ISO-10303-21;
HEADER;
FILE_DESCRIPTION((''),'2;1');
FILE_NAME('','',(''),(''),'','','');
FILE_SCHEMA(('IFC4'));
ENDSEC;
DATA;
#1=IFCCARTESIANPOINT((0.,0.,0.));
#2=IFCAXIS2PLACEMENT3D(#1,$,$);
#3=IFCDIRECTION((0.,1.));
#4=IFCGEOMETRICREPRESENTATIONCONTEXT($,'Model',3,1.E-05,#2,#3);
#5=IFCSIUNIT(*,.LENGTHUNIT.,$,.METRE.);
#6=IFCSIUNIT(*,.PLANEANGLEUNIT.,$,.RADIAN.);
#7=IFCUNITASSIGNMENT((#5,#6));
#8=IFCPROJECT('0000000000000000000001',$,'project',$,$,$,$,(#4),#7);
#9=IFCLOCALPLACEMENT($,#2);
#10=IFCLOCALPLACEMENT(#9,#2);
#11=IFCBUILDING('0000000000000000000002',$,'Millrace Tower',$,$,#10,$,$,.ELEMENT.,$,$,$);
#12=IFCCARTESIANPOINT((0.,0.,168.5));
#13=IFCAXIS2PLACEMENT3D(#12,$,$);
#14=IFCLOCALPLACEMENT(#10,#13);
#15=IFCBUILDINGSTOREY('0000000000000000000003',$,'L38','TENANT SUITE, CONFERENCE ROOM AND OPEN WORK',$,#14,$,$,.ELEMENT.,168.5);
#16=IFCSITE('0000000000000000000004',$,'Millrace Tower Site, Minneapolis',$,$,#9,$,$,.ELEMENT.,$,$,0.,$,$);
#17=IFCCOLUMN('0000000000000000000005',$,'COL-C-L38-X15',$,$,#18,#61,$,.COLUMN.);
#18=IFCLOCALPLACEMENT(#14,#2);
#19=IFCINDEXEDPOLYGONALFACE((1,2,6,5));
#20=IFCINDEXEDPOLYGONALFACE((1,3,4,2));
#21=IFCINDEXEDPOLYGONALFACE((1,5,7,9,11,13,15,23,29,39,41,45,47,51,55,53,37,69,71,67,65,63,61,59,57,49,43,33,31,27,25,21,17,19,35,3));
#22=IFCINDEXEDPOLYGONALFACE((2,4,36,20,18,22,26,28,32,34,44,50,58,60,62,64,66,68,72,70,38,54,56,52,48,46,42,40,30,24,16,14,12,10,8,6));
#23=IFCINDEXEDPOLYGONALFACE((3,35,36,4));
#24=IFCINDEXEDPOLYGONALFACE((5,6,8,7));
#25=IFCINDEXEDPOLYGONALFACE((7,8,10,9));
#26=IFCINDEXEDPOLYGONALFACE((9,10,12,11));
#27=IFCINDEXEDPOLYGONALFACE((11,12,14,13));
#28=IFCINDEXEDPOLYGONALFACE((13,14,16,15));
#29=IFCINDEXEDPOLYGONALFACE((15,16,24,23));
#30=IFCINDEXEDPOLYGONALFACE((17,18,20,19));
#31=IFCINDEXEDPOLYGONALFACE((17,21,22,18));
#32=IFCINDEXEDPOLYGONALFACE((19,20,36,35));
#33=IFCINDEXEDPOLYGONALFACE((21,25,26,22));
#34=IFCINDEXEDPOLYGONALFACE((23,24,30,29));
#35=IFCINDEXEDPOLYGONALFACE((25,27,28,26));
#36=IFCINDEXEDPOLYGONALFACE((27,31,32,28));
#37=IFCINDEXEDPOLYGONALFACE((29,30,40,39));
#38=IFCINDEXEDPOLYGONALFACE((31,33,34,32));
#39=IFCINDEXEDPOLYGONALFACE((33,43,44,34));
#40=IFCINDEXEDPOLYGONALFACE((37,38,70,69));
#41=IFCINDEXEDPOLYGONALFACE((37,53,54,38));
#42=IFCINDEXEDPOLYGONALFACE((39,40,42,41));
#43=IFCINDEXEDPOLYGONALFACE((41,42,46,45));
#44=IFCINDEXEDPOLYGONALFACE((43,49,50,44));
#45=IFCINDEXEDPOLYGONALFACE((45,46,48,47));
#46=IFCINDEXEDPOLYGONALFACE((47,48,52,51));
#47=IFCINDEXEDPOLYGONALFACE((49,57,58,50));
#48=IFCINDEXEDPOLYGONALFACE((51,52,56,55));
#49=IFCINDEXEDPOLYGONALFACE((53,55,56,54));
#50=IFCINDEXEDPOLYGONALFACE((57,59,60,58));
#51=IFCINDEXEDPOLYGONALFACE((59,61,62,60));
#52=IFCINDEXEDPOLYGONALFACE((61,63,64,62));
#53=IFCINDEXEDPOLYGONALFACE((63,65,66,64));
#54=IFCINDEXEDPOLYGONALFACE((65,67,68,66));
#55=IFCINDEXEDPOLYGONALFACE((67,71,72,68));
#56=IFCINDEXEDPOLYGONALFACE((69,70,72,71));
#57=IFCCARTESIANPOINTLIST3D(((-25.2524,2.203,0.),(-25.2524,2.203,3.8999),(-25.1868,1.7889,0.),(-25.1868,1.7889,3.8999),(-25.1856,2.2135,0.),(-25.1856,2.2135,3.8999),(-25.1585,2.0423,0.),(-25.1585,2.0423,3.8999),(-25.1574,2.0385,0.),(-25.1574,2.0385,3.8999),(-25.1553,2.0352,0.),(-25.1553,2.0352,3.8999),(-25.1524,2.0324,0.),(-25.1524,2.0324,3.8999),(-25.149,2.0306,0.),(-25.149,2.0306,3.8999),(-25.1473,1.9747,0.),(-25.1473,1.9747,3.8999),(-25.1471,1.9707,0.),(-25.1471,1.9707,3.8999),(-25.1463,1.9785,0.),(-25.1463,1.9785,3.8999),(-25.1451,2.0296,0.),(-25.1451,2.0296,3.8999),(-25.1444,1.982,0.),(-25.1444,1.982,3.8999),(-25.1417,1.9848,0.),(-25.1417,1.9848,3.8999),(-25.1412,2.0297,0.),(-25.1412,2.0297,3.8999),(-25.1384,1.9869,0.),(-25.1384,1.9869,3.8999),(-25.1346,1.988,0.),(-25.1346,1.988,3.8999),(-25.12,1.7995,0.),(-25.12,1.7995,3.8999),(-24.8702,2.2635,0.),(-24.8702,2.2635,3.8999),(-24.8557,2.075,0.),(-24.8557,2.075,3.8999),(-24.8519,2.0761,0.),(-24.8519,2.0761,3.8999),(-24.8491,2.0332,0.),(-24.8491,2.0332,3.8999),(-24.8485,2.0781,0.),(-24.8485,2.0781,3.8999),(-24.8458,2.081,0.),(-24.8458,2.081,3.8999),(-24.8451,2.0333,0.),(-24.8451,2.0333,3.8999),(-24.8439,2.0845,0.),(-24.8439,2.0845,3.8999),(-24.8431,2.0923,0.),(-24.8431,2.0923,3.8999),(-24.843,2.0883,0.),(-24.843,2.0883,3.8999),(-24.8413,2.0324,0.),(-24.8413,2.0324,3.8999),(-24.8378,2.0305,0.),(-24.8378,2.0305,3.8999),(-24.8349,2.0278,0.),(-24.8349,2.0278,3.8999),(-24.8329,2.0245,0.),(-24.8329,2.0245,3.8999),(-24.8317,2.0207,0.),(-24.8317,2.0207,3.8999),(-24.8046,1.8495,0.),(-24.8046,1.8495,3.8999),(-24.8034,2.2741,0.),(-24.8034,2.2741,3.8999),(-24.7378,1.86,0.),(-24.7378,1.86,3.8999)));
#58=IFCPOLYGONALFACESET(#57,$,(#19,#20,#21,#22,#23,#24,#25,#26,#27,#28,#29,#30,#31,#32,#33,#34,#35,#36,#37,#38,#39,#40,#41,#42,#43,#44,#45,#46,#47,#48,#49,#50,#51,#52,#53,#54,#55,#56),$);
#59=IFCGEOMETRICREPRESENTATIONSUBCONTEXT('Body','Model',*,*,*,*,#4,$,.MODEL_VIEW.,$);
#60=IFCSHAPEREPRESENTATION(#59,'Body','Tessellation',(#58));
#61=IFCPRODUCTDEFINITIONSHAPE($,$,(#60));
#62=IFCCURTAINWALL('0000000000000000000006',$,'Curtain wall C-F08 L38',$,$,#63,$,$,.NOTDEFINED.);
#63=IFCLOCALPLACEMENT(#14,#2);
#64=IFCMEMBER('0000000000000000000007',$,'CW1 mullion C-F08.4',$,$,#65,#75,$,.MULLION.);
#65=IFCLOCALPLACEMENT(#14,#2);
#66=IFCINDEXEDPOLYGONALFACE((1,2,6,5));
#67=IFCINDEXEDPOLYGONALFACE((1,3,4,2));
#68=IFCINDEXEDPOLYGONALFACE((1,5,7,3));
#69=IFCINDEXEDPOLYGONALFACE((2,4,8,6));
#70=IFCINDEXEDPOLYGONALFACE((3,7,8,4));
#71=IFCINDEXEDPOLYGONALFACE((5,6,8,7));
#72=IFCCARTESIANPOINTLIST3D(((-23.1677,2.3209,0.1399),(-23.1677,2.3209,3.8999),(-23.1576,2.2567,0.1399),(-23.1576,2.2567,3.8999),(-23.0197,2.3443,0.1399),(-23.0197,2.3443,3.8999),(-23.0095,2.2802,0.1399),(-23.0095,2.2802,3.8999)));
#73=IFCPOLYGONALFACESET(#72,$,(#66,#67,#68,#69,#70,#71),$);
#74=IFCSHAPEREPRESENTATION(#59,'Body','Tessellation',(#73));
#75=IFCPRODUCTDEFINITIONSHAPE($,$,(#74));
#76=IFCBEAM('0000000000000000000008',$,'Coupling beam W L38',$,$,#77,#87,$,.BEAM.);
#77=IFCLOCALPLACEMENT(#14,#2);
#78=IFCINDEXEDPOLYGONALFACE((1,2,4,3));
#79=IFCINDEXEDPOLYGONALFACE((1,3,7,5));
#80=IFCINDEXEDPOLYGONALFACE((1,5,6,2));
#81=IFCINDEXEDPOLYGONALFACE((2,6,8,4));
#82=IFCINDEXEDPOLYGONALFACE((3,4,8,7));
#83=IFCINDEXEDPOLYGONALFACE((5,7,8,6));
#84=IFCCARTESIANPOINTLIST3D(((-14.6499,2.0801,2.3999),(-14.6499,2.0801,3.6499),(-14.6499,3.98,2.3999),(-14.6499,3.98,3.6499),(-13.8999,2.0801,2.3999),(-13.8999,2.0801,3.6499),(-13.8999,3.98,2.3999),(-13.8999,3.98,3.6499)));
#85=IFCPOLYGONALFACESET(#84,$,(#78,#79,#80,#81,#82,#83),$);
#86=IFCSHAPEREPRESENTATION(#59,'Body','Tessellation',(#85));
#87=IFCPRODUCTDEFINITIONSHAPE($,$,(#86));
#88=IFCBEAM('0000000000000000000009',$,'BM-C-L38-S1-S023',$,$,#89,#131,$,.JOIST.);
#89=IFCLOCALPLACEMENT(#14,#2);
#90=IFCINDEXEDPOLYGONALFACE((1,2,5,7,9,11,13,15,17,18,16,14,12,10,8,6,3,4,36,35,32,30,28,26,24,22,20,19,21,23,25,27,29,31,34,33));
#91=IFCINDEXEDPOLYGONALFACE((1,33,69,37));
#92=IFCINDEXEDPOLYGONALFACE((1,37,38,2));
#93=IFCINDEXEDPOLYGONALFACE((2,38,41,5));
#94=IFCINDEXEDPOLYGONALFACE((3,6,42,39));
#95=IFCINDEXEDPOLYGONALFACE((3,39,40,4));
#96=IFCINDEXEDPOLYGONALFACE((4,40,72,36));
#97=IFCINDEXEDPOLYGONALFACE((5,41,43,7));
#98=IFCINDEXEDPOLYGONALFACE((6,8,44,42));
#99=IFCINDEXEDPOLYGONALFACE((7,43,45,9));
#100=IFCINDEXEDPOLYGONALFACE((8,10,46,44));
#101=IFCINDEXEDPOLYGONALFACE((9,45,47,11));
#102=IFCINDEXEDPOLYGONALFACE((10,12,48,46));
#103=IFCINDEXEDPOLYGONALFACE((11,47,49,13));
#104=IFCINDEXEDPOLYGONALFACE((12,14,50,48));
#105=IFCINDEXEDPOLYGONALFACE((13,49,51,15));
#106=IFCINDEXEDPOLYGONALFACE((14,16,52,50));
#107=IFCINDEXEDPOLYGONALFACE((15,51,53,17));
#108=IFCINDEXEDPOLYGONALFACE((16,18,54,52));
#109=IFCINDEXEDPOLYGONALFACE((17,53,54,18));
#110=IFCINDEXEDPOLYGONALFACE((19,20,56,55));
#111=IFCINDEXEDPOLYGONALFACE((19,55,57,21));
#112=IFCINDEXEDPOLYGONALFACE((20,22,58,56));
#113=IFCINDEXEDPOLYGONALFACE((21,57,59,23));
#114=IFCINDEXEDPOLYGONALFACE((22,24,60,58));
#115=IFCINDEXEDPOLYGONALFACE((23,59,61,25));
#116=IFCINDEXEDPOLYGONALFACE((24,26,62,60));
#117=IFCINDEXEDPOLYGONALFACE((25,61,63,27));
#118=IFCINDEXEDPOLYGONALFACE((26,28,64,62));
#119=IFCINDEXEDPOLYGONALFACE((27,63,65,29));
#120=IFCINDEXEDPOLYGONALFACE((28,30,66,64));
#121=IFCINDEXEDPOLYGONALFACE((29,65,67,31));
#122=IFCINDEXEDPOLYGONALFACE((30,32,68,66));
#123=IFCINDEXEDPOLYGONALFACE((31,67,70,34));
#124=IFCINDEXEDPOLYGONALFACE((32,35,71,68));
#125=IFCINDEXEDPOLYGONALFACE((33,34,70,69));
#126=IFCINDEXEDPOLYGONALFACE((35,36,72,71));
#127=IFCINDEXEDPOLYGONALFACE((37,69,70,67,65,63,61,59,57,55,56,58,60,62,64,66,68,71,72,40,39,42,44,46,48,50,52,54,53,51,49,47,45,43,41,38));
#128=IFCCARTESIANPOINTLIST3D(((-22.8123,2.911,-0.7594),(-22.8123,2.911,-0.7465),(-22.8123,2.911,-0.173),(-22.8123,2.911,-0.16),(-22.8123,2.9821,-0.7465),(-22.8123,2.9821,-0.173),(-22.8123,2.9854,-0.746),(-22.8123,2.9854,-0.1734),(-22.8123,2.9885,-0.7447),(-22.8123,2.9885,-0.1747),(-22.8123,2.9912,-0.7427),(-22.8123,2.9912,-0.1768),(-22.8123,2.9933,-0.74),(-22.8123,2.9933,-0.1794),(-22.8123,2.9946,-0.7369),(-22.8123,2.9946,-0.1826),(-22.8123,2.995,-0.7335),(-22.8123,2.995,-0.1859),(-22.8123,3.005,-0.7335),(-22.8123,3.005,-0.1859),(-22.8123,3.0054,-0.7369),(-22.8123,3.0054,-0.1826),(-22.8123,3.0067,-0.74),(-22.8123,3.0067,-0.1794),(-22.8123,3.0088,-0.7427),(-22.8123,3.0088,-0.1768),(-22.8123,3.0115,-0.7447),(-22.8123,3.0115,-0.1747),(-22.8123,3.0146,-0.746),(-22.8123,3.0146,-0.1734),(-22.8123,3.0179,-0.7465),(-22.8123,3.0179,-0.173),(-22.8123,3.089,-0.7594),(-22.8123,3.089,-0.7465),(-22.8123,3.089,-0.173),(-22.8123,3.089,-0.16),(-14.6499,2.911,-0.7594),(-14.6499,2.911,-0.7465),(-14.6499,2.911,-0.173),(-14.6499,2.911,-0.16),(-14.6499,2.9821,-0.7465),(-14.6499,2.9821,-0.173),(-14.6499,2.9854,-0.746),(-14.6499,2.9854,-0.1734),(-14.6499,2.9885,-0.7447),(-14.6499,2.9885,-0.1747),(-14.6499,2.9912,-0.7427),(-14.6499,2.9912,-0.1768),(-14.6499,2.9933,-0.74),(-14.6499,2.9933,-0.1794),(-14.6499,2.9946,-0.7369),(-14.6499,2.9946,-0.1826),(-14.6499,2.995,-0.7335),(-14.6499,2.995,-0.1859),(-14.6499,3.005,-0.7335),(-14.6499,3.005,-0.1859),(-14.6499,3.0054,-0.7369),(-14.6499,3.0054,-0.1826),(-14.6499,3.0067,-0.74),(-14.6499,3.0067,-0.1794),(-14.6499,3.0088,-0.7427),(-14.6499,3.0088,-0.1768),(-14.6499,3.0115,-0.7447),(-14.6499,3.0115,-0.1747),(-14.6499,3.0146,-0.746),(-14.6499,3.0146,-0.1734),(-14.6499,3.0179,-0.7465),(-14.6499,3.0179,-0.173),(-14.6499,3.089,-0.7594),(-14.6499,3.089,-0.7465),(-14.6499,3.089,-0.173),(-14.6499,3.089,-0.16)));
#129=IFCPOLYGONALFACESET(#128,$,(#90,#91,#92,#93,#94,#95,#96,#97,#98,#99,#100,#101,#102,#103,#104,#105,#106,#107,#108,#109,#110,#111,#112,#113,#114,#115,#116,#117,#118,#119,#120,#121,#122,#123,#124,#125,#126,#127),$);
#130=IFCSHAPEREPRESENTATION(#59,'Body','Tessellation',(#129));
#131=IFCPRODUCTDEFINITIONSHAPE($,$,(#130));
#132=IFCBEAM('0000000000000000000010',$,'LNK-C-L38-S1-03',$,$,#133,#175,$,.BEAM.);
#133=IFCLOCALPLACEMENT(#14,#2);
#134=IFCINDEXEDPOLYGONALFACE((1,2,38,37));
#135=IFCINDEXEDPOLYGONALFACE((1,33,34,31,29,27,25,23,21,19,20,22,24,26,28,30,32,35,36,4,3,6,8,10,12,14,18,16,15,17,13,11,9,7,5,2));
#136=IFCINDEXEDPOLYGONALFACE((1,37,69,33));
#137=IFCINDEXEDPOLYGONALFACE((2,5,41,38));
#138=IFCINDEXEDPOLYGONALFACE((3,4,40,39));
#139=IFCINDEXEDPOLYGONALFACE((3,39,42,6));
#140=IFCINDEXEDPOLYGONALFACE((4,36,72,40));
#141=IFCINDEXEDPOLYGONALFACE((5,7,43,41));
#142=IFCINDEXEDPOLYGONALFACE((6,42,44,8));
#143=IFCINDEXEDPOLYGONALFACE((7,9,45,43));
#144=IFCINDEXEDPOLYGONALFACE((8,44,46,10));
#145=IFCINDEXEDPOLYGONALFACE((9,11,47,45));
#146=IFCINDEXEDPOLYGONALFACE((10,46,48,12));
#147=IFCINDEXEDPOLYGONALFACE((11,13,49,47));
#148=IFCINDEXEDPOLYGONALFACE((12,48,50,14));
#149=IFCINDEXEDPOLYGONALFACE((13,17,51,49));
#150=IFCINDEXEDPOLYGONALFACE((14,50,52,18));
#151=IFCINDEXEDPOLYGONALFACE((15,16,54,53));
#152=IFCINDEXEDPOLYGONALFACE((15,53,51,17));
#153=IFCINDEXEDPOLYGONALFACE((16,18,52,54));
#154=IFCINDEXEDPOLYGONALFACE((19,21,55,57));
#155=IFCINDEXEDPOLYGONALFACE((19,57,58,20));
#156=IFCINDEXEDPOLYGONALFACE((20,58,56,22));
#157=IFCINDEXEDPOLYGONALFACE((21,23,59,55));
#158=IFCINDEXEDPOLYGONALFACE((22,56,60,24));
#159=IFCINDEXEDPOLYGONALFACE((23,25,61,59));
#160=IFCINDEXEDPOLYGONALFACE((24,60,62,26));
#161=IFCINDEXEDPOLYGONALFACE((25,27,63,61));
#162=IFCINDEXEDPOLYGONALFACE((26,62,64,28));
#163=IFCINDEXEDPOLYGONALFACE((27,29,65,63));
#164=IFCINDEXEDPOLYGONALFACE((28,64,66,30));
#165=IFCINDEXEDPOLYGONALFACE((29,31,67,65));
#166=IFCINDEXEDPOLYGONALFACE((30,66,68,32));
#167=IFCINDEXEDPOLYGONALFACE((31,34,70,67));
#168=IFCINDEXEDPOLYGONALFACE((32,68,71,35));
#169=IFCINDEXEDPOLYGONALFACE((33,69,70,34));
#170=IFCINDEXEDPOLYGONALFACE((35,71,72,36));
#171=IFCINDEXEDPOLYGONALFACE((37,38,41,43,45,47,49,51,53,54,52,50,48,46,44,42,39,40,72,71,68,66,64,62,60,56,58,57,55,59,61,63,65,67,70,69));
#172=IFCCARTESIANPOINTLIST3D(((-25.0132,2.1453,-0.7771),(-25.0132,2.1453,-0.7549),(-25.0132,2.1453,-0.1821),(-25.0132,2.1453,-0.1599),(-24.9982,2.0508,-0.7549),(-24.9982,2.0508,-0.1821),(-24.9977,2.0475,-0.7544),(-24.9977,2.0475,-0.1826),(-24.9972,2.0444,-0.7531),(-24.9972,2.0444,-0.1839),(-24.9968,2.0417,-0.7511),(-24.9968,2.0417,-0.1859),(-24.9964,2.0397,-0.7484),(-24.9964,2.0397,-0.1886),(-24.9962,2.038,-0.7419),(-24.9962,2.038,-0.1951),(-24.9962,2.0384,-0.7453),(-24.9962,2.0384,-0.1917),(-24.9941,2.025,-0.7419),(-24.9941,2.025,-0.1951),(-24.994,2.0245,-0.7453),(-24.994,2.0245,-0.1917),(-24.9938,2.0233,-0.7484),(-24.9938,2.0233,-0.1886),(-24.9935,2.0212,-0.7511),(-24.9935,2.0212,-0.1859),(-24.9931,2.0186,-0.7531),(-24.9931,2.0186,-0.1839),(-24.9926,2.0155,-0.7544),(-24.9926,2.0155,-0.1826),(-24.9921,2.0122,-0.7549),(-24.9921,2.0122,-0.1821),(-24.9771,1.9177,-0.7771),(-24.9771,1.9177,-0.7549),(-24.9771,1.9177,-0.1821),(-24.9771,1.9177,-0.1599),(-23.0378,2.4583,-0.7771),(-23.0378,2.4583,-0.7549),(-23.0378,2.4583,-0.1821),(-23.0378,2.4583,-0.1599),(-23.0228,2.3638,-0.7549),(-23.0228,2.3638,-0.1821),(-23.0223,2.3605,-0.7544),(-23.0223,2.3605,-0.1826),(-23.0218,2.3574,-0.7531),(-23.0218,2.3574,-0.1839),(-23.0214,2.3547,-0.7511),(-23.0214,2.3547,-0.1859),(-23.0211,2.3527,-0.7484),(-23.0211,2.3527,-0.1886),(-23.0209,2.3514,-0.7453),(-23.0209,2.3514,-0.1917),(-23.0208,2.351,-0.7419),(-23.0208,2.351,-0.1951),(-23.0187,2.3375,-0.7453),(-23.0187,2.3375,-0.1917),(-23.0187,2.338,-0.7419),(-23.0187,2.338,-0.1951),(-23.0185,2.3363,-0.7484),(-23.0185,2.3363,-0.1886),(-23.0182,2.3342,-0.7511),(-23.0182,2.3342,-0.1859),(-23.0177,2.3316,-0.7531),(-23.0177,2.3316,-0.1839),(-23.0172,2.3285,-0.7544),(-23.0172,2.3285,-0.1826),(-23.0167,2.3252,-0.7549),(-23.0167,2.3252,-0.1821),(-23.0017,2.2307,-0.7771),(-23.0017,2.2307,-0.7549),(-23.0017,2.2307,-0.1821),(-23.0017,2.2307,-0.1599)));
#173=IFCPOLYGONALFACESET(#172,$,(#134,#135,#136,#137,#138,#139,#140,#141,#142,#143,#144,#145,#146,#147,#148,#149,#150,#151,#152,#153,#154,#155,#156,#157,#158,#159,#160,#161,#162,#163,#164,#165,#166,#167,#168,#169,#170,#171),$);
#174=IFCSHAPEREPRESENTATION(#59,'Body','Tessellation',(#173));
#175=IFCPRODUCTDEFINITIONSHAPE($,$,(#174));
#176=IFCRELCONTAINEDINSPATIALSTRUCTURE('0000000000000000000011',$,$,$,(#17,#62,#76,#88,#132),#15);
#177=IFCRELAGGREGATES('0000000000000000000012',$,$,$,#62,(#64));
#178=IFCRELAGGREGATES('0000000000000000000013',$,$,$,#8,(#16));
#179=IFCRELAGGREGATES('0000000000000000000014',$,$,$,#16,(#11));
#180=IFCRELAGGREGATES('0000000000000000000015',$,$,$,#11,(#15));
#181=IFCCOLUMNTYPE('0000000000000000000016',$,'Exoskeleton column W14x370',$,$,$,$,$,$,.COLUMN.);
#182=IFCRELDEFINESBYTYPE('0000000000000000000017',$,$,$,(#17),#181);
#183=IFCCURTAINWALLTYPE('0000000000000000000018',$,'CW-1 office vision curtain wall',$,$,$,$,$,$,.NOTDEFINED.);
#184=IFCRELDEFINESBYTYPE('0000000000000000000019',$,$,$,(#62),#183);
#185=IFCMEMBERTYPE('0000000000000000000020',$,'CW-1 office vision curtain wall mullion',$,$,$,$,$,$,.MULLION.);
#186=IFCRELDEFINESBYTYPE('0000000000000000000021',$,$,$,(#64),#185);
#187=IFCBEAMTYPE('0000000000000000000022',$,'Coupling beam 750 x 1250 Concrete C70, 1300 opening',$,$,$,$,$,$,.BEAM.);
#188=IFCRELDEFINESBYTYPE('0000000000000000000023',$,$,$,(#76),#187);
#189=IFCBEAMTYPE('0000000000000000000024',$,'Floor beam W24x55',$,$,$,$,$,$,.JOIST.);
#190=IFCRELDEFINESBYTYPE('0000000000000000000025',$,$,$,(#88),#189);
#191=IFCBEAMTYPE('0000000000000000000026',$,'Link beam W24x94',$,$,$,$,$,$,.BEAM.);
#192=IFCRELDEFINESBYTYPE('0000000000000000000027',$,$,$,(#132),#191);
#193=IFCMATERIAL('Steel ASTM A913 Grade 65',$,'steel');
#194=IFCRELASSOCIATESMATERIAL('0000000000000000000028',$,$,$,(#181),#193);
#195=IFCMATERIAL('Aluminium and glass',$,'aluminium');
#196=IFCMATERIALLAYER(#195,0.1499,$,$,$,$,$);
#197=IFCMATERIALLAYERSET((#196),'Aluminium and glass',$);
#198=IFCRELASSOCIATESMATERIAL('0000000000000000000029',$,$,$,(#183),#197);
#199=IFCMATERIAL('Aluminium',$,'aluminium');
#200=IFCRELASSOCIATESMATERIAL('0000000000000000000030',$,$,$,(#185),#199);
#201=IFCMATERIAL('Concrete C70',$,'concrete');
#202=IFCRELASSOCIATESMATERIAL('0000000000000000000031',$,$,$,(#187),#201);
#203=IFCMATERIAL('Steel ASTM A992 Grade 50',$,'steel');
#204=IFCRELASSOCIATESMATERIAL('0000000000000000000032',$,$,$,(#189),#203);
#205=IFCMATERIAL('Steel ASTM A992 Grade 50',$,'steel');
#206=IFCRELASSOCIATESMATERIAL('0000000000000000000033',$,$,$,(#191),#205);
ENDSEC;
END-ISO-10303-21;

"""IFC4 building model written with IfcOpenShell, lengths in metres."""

from ifc_helpers import new_model, si_unit, direction, frame, origin, origin_2d, place, context, subcontext, project, spatial, rectangle, i_section, extrude, material, layer, layer_set, material_profile, profile_set, type_object, element, aggregate, save


model = new_model("IFC4")

# Units and contexts
model_context = context("Model", 3, precision=1e-05, world=origin(), true_north=direction((0.0, 1.0)))
body_context = subcontext(model_context, "Body", "Model", "MODEL_VIEW")
ifc_project = project(units=[si_unit("LENGTHUNIT", "METRE"), si_unit("PLANEANGLEUNIT", "RADIAN")], contexts=[model_context])

# Site, building, storey
site_placement = place(None, origin())
site = spatial("IfcSite", under=ifc_project, at=site_placement, Name="Millrace Tower Site, Minneapolis", CompositionType="ELEMENT", RefElevation=0.0)
building_placement = place(site_placement, origin())
building = spatial("IfcBuilding", under=site, at=building_placement, Name="Millrace Tower", CompositionType="ELEMENT")
storey_placement = place(building_placement, frame((0.0, 0.0, 168.5)))
storey = spatial("IfcBuildingStorey", under=building, at=storey_placement, Name="L38", Description="TENANT SUITE, CONFERENCE ROOM AND OPEN WORK", CompositionType="ELEMENT", Elevation=168.5)

# Column
ifc_material_1 = material(Name="Steel ASTM A913 Grade 65", Category="steel")
ifc_material_profile_1 = material_profile(ifc_material_1, i_section(OverallWidth=0.4192, OverallDepth=0.4546, WebThickness=0.0422, FlangeThickness=0.0676, FilletRadius=0.0151, at=origin_2d()))
ifc_profile_set_1 = profile_set([ifc_material_profile_1], Name="Steel ASTM A913 Grade 65")
column_type = type_object("IfcColumnType", Name="Exoskeleton column W14x370", PredefinedType="COLUMN", material=ifc_profile_set_1)
column_placement = place(storey_placement, frame((-24.9951, 2.0315, 0.0), z_axis=(0.0, 0.0, 1.0), x_axis=(0.156434, -0.987688, 0.0)))
element("IfcColumn", 1, at=column_placement, inside=storey, type_object=column_type, Name="COL-C-L38-X15", PredefinedType="COLUMN", context=body_context, shape_type="SweptSolid", body=[
    extrude(i_section(OverallWidth=0.4192, OverallDepth=0.4546, WebThickness=0.0422, FlangeThickness=0.0676, FilletRadius=0.0151, at=origin_2d()), origin(), (0.0, 0.0, 1.0), 3.8999),
])

# Curtain wall, member
ifc_material_2 = material(Name="Aluminium and glass", Category="aluminium")
ifc_layer_1 = layer(ifc_material_2, 0.1499)
ifc_layer_set_1 = layer_set([ifc_layer_1], Name="Aluminium and glass")
curtain_wall_type = type_object("IfcCurtainWallType", Name="CW-1 office vision curtain wall", PredefinedType="NOTDEFINED", material=ifc_layer_set_1)
placement = place(storey_placement, origin())
curtain_wall = element("IfcCurtainWall", 2, at=placement, inside=storey, type_object=curtain_wall_type, Name="Curtain wall C-F08 L38", PredefinedType="NOTDEFINED")
ifc_material_3 = material(Name="Aluminium", Category="aluminium")
ifc_material_profile_2 = material_profile(ifc_material_3, rectangle(XDim=0.0649, YDim=0.1499, at=origin_2d()))
ifc_profile_set_2 = profile_set([ifc_material_profile_2], Name="Aluminium")
member_type = type_object("IfcMemberType", Name="CW-1 office vision curtain wall mullion", PredefinedType="MULLION", material=ifc_profile_set_2)
member_placement = place(storey_placement, frame((-23.0886, 2.3005, 0.1399), z_axis=(0.0, 0.0, 1.0), x_axis=(0.156434, -0.987688, 0.0)))
member = element("IfcMember", 3, at=member_placement, type_object=member_type, Name="CW1 mullion C-F08.4", PredefinedType="MULLION", context=body_context, shape_type="SweptSolid", body=[
    extrude(rectangle(XDim=0.0649, YDim=0.1499, at=origin_2d()), origin(), (0.0, 0.0, 1.0), 3.76),
])
aggregate(curtain_wall, [member])

# Beams
ifc_material_4 = material(Name="Concrete C70", Category="concrete")
ifc_material_profile_3 = material_profile(ifc_material_4, rectangle(XDim=0.75, YDim=1.25, at=origin_2d()))
ifc_profile_set_3 = profile_set([ifc_material_profile_3], Name="Concrete C70")
beam_type_1 = type_object("IfcBeamType", Name="Coupling beam 750 x 1250 Concrete C70, 1300 opening", PredefinedType="BEAM", material=ifc_profile_set_3)
beam_1_placement = place(storey_placement, frame((-14.2749, 2.0801, 3.0249), z_axis=(0.0, 1.0, 0.0), x_axis=(-1.0, 0.0, 0.0)))
element("IfcBeam", 4, at=beam_1_placement, inside=storey, type_object=beam_type_1, Name="Coupling beam W L38", PredefinedType="BEAM", context=body_context, shape_type="SweptSolid", body=[
    extrude(rectangle(XDim=0.75, YDim=1.25, at=origin_2d()), origin(), (0.0, 0.0, 1.0), 1.8999),
])
ifc_material_5 = material(Name="Steel ASTM A992 Grade 50", Category="steel")
ifc_material_profile_4 = material_profile(ifc_material_5, i_section(OverallWidth=0.178, OverallDepth=0.5994, WebThickness=0.01, FlangeThickness=0.0129, FilletRadius=0.0129, at=origin_2d()))
ifc_profile_set_4 = profile_set([ifc_material_profile_4], Name="Steel ASTM A992 Grade 50")
beam_type_2 = type_object("IfcBeamType", Name="Floor beam W24x55", PredefinedType="JOIST", material=ifc_profile_set_4)
beam_2_placement = place(storey_placement, frame((-22.8123, 3.0, -0.4597), z_axis=(1.0, 0.0, 0.0), x_axis=(0.0, 1.0, 0.0)))
element("IfcBeam", 5, at=beam_2_placement, inside=storey, type_object=beam_type_2, Name="BM-C-L38-S1-S023", PredefinedType="JOIST", context=body_context, shape_type="SweptSolid", body=[
    extrude(i_section(OverallWidth=0.178, OverallDepth=0.5994, WebThickness=0.01, FlangeThickness=0.0129, FilletRadius=0.0129, at=origin_2d()), origin(), (0.0, 0.0, 1.0), 8.1624),
])
ifc_material_6 = material(Name="Steel ASTM A992 Grade 50", Category="steel")
ifc_material_profile_5 = material_profile(ifc_material_6, i_section(OverallWidth=0.2305, OverallDepth=0.6172, WebThickness=0.0132, FlangeThickness=0.0222, FilletRadius=0.0129, at=origin_2d()))
ifc_profile_set_5 = profile_set([ifc_material_profile_5], Name="Steel ASTM A992 Grade 50")
beam_type_3 = type_object("IfcBeamType", Name="Link beam W24x94", PredefinedType="BEAM", material=ifc_profile_set_5)
beam_3_placement = place(storey_placement, frame((-23.0198, 2.3445, -0.4685), z_axis=(-0.987679, -0.156495, 0.0), x_axis=(0.156495, -0.987679, 0.0)))
element("IfcBeam", 6, at=beam_3_placement, inside=storey, type_object=beam_type_3, Name="LNK-C-L38-S1-03", PredefinedType="BEAM", context=body_context, shape_type="SweptSolid", body=[
    extrude(i_section(OverallWidth=0.2305, OverallDepth=0.6172, WebThickness=0.0132, FlangeThickness=0.0222, FilletRadius=0.0129, at=origin_2d()), origin(), (0.0, 0.0, 1.0), 2.0),
])

save(model, "model.ifc")
